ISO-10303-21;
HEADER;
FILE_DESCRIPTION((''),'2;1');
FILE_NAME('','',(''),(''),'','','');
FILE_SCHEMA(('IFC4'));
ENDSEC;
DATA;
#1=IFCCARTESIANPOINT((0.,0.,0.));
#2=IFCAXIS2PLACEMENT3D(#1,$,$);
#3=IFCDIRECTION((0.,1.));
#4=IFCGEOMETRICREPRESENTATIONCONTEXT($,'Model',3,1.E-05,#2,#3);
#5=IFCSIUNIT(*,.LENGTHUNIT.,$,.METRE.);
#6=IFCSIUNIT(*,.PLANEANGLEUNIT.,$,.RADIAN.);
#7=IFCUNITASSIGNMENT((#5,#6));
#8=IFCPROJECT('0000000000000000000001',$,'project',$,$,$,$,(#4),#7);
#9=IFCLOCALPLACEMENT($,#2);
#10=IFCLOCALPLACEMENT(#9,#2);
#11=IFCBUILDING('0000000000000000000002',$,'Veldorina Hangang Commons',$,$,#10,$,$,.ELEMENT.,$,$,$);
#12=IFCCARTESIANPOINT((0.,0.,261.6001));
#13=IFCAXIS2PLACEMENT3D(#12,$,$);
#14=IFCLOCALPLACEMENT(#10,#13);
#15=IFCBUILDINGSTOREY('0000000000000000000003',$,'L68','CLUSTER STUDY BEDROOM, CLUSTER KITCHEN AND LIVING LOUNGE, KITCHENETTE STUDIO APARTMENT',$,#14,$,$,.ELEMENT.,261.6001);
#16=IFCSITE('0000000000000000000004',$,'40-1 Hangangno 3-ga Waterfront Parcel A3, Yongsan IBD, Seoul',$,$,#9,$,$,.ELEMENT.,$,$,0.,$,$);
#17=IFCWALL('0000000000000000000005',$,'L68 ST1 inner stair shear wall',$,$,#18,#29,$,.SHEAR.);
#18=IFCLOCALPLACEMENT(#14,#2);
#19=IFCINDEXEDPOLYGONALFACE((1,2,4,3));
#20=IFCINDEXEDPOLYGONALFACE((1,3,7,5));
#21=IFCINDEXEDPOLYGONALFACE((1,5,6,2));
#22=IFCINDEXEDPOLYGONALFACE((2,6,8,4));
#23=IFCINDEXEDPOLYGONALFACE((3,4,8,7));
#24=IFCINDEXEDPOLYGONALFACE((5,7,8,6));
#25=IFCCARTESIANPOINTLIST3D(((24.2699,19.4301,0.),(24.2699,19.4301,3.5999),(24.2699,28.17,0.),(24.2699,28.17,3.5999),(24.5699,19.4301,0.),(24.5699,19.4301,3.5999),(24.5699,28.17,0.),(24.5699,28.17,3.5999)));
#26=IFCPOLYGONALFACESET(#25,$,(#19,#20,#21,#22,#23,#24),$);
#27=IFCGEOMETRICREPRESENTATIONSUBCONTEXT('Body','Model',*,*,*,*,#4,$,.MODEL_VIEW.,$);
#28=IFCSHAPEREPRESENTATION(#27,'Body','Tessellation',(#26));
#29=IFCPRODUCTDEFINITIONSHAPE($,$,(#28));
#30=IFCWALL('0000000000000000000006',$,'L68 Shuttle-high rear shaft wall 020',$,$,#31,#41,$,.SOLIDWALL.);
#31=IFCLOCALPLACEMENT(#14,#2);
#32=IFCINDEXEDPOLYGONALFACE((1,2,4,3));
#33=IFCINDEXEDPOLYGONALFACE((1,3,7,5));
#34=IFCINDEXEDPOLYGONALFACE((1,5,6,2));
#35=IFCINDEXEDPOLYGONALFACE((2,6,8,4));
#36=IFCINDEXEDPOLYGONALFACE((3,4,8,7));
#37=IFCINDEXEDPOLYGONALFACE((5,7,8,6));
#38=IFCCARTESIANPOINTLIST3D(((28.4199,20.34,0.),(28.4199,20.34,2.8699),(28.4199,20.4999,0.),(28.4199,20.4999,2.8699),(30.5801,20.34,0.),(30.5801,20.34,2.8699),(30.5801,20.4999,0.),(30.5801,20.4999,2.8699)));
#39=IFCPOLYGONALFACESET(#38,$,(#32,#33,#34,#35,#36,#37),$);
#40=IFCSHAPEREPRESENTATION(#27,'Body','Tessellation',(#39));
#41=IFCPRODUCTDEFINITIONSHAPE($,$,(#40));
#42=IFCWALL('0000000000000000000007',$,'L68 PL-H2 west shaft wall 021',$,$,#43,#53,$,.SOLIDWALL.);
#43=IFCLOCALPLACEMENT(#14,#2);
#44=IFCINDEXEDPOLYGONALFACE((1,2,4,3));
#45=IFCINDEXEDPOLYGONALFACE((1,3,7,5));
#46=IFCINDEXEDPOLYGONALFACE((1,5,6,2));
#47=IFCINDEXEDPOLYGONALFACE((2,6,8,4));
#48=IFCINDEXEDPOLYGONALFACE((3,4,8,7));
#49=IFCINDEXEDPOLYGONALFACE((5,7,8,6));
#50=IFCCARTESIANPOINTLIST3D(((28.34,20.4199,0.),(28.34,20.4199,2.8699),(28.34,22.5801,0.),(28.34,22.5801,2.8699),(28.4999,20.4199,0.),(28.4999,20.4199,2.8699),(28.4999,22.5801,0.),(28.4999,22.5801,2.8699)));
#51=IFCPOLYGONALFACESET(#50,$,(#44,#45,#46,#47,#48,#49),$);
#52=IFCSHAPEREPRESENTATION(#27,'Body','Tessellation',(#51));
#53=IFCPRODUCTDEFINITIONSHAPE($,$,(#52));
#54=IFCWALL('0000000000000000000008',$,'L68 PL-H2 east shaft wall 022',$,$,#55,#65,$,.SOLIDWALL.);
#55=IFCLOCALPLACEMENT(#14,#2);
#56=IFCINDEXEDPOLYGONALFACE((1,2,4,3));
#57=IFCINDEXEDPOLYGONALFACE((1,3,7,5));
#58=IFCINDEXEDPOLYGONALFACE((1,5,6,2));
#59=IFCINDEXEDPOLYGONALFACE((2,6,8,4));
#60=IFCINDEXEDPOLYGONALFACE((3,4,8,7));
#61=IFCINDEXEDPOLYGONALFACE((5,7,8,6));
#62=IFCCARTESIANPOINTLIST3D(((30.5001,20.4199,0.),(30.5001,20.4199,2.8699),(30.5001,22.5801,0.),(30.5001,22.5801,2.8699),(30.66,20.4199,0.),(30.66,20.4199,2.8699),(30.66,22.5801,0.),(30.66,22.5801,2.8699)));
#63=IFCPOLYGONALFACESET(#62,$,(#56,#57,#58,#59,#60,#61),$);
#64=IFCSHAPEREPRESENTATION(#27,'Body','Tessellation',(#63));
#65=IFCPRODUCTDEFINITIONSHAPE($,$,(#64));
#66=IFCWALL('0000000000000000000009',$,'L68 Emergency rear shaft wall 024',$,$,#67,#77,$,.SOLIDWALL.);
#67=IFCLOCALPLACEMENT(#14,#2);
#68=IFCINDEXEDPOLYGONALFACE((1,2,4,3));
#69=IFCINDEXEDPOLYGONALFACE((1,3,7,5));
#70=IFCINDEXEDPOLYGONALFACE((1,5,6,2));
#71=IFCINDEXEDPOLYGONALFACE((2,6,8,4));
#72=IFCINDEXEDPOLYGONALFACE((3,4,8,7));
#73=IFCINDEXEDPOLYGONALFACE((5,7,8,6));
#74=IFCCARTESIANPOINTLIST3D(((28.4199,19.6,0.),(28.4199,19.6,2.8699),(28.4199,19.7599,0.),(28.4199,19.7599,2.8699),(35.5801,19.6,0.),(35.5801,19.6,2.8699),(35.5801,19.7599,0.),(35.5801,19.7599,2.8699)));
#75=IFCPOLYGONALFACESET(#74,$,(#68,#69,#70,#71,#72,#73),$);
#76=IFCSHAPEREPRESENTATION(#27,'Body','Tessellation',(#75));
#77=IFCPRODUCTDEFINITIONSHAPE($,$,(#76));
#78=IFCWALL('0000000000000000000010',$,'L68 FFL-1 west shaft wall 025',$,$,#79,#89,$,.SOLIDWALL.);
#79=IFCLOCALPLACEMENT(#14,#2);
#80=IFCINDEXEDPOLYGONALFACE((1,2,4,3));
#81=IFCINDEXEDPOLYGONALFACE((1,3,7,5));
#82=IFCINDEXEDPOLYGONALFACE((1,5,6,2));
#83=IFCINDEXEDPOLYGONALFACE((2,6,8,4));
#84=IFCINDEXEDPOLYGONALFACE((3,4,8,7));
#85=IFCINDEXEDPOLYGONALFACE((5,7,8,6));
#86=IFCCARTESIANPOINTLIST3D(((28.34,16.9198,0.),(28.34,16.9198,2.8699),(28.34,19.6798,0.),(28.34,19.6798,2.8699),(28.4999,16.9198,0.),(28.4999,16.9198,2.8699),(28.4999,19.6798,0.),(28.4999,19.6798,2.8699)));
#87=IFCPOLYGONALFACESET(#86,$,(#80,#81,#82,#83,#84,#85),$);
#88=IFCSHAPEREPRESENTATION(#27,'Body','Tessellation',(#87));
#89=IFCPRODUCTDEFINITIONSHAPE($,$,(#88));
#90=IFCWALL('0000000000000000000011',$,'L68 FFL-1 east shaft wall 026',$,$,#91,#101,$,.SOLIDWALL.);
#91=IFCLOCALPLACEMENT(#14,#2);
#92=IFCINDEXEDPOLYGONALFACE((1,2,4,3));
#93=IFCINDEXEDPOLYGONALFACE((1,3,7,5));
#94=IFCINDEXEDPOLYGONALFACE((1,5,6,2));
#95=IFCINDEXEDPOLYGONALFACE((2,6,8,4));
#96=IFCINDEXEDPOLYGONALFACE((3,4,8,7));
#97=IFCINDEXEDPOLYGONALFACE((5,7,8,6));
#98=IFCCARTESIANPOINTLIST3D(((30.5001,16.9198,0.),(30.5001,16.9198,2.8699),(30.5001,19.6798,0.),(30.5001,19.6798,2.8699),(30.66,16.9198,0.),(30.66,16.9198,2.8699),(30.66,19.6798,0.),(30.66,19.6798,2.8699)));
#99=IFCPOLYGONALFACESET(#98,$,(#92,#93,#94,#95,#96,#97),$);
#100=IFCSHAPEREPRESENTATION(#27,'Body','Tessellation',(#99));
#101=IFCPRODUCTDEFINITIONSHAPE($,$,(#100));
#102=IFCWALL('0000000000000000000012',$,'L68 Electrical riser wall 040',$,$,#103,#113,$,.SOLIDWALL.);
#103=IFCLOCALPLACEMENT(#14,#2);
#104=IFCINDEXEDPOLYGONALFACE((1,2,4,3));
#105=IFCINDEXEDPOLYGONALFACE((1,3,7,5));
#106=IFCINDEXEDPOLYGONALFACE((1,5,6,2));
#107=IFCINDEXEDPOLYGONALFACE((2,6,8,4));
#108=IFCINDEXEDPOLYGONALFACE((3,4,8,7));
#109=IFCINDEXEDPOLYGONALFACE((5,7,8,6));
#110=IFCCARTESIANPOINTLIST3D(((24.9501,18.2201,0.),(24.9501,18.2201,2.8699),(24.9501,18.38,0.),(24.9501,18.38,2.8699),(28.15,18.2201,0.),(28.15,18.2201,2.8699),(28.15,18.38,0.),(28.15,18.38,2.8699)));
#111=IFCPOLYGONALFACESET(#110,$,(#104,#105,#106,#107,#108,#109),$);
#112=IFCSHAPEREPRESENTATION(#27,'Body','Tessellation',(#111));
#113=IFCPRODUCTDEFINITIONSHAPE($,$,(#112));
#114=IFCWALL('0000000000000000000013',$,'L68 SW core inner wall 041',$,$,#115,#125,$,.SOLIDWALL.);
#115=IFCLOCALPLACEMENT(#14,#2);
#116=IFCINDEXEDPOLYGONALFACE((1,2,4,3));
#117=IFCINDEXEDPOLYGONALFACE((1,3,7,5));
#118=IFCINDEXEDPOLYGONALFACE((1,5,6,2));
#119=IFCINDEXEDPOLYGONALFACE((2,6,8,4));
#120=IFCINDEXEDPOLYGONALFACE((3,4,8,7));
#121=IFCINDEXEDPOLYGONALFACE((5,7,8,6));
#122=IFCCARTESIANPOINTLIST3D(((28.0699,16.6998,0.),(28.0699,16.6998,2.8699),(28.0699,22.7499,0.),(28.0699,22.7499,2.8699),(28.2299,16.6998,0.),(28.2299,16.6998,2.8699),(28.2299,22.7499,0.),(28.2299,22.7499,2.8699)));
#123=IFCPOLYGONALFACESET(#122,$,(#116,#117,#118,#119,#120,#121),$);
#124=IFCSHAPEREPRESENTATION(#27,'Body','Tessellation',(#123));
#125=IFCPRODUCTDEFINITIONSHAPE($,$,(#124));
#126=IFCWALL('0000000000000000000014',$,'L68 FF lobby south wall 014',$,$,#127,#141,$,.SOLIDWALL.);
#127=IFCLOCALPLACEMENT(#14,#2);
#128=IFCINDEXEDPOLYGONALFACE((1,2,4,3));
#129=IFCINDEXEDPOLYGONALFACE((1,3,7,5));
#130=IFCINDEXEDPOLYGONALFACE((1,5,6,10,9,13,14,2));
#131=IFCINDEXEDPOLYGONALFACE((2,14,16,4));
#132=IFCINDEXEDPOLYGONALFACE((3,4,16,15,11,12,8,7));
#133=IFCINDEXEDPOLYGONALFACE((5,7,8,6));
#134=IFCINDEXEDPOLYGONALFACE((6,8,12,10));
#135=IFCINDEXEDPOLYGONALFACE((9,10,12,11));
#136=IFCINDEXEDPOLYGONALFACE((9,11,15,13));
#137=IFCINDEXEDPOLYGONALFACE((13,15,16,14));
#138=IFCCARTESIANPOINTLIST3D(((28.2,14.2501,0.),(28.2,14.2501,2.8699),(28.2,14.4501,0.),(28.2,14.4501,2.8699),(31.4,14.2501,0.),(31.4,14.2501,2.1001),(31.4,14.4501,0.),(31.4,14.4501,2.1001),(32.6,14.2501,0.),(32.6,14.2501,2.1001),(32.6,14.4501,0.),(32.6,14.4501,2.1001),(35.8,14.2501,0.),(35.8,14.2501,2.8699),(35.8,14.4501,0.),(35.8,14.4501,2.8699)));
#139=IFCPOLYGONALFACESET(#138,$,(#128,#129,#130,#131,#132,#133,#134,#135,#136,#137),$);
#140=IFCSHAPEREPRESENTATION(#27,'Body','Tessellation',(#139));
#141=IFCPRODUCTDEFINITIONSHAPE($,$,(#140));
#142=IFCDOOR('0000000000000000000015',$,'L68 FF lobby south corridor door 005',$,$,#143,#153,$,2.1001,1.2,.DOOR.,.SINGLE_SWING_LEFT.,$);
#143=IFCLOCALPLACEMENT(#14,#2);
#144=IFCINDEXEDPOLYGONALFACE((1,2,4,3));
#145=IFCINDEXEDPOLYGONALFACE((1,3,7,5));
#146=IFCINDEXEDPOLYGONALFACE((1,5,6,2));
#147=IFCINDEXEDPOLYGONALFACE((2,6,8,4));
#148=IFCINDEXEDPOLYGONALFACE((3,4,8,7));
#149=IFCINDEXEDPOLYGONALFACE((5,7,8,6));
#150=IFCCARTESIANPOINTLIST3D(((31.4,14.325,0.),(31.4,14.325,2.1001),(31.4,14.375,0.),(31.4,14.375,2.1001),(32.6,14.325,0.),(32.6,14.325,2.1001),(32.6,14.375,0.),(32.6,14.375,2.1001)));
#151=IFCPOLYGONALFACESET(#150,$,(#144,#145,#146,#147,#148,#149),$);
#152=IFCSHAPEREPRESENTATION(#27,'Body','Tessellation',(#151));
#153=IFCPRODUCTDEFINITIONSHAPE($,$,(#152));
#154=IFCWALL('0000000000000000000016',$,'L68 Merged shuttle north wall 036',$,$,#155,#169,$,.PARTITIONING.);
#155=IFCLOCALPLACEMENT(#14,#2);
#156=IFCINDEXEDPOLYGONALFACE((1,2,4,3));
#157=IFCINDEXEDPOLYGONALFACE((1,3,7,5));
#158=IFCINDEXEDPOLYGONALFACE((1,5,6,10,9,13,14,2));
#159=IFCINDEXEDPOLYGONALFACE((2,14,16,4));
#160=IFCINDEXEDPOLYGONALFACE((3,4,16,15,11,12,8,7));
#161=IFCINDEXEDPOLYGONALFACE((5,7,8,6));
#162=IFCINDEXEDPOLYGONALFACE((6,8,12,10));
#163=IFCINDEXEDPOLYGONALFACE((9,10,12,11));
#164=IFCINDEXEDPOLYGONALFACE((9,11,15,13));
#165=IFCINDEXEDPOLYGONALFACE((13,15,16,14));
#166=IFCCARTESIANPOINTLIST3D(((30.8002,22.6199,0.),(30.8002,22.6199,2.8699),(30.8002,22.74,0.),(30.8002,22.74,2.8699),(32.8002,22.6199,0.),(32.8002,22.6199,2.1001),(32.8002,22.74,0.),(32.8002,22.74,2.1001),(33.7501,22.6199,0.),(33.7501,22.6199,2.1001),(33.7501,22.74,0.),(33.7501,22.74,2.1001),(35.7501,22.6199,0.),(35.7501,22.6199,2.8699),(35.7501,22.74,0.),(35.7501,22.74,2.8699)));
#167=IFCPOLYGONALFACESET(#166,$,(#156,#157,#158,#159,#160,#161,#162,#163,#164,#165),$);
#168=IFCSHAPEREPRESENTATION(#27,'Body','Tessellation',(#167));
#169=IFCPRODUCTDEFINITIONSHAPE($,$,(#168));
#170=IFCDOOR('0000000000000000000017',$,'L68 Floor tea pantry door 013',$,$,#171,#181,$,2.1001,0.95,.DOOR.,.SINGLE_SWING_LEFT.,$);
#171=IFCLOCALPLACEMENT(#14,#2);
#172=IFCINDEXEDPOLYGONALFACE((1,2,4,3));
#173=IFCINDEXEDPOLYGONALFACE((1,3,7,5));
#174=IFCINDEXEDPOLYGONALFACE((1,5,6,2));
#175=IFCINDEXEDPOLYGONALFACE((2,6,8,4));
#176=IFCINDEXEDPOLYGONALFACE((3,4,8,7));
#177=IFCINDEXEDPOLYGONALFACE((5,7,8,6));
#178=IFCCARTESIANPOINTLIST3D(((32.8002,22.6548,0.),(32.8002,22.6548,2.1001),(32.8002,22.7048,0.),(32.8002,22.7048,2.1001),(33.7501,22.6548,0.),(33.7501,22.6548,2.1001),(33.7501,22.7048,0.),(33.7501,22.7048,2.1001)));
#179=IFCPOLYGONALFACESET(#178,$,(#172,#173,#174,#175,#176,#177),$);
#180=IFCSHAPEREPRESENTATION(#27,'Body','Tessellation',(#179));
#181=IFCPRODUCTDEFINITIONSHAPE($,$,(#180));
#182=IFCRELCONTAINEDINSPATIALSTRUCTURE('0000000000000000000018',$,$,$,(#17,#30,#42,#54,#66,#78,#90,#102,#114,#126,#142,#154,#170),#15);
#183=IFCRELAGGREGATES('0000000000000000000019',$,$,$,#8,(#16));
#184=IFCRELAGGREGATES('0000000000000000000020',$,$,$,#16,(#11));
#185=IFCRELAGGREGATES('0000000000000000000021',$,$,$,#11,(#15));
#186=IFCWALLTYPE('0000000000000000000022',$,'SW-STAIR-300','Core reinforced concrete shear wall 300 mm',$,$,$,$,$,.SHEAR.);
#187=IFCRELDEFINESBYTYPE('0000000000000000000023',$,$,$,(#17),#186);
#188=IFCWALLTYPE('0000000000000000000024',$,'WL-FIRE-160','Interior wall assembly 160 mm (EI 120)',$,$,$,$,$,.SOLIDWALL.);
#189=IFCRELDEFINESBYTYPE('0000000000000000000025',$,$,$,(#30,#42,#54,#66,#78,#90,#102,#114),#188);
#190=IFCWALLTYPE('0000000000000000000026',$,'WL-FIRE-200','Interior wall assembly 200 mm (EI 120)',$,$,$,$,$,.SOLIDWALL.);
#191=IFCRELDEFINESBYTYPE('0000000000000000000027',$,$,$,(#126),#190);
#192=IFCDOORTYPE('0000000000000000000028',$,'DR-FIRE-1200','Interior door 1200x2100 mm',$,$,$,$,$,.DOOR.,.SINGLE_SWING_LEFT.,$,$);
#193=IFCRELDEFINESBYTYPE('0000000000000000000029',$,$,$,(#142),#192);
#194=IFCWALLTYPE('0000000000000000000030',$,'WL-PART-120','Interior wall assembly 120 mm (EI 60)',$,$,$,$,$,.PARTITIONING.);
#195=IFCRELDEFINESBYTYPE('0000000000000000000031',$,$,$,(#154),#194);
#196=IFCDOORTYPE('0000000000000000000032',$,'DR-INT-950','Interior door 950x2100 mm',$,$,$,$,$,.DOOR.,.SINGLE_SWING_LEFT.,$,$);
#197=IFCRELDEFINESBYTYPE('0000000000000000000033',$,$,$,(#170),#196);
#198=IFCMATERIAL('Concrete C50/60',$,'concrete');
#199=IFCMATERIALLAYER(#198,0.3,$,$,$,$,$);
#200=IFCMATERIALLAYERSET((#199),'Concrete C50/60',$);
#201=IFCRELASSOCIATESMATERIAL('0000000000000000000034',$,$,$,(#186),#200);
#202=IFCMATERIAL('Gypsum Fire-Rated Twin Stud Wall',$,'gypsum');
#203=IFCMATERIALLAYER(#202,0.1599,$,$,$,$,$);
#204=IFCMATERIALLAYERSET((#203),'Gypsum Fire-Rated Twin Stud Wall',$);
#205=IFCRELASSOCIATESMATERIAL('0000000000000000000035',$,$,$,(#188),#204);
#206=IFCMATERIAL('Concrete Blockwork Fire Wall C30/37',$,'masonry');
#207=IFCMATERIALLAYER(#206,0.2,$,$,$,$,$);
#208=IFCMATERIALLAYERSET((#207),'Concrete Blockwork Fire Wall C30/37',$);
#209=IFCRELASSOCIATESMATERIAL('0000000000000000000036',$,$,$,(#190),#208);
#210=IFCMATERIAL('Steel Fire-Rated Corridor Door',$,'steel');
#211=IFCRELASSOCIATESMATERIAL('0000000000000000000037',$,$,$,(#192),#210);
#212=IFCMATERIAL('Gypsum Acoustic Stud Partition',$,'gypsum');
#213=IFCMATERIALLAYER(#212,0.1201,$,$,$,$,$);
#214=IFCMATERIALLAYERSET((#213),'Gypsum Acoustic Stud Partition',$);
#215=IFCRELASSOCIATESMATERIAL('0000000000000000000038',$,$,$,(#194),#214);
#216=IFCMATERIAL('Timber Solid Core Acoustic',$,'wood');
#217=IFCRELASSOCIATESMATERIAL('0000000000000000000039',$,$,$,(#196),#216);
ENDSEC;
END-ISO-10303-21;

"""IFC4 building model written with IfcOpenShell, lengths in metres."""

from ifc_helpers import new_model, si_unit, direction, frame, frame_2d, origin, place, context, subcontext, project, spatial, rectangle, extrude, material, layer, layer_set, type_object, element, fill, save


model = new_model("IFC4")

# Units and contexts
model_context = context("Model", 3, precision=1e-05, world=origin(), true_north=direction((0.0, 1.0)))
body_context = subcontext(model_context, "Body", "Model", "MODEL_VIEW")
ifc_project = project(units=[si_unit("LENGTHUNIT", "METRE"), si_unit("PLANEANGLEUNIT", "RADIAN")], contexts=[model_context])

# Site, building, storey
site_placement = place(None, origin())
site = spatial("IfcSite", under=ifc_project, at=site_placement, Name="40-1 Hangangno 3-ga Waterfront Parcel A3, Yongsan IBD, Seoul", CompositionType="ELEMENT", RefElevation=0.0)
building_placement = place(site_placement, origin())
building = spatial("IfcBuilding", under=site, at=building_placement, Name="Veldorina Hangang Commons", CompositionType="ELEMENT")
storey_placement = place(building_placement, frame((0.0, 0.0, 261.6001)))
storey = spatial("IfcBuildingStorey", under=building, at=storey_placement, Name="L68", Description="CLUSTER STUDY BEDROOM, CLUSTER KITCHEN AND LIVING LOUNGE, KITCHENETTE STUDIO APARTMENT", CompositionType="ELEMENT", Elevation=261.6001)

# Shared definitions
ifc_material_1 = material(Name="Concrete C50/60", Category="concrete")

# Wall
ifc_layer_1 = layer(ifc_material_1, 0.3)
ifc_layer_set_1 = layer_set([ifc_layer_1], Name="Concrete C50/60")
wall_type_1 = type_object("IfcWallType", Name="SW-STAIR-300", Description="Core reinforced concrete shear wall 300 mm", PredefinedType="SHEAR", material=ifc_layer_set_1)
wall_1_placement = place(storey_placement, frame((24.4199, 19.4299, 0.0), z_axis=(0.0, 0.0, 1.0), x_axis=(0.0, 1.0, 0.0)))
element("IfcWall", 1, at=wall_1_placement, inside=storey, type_object=wall_type_1, Name="L68 ST1 inner stair shear wall", PredefinedType="SHEAR", context=body_context, shape_type="SweptSolid", body=[
    extrude(rectangle(XDim=8.74, YDim=0.3, at=frame_2d((4.3701, 0.0))), origin(), (0.0, 0.0, 1.0), 3.5999),
])

# Shared definitions
ifc_material_2 = material(Name="Gypsum Fire-Rated Twin Stud Wall", Category="gypsum")
ifc_layer_2 = layer(ifc_material_2, 0.1599)
ifc_layer_set_2 = layer_set([ifc_layer_2], Name="Gypsum Fire-Rated Twin Stud Wall")
wall_type_2 = type_object("IfcWallType", Name="WL-FIRE-160", Description="Interior wall assembly 160 mm (EI 120)", PredefinedType="SOLIDWALL", material=ifc_layer_set_2)

# Walls
for number, where, z_axis, x_axis, name in (
    (2, (28.4199, 20.4199, 0.0), (0.0, 0.0, 1.0), (1.0, 0.0, 0.0), "L68 Shuttle-high rear shaft wall 020"),
    (3, (28.4199, 20.4199, 0.0), (0.0, 0.0, 1.0), (0.0, 1.0, 0.0), "L68 PL-H2 west shaft wall 021"),
    (4, (30.5801, 20.4199, 0.0), (0.0, 0.0, 1.0), (0.0, 1.0, 0.0), "L68 PL-H2 east shaft wall 022"),
):
    element("IfcWall", number, at=place(storey_placement, frame(where, z_axis=z_axis, x_axis=x_axis)), inside=storey, type_object=wall_type_2, Name=name, PredefinedType="SOLIDWALL", context=body_context, shape_type="SweptSolid", body=[
        extrude(rectangle(XDim=2.1602, YDim=0.1599, at=frame_2d((1.0801, 0.0))), origin(), (0.0, 0.0, 1.0), 2.8699),
    ])

# Walls
wall_2_placement = place(storey_placement, frame((28.4199, 19.6799, 0.0), z_axis=(0.0, 0.0, 1.0), x_axis=(1.0, 0.0, 0.0)))
element("IfcWall", 5, at=wall_2_placement, inside=storey, type_object=wall_type_2, Name="L68 Emergency rear shaft wall 024", PredefinedType="SOLIDWALL", context=body_context, shape_type="SweptSolid", body=[
    extrude(rectangle(XDim=7.1602, YDim=0.1599, at=frame_2d((3.5801, 0.0))), origin(), (0.0, 0.0, 1.0), 2.8699),
])
for number, where, z_axis, x_axis, name in (
    (6, (28.4199, 16.9199, 0.0), (0.0, 0.0, 1.0), (0.0, 1.0, 0.0), "L68 FFL-1 west shaft wall 025"),
    (7, (30.5801, 16.9199, 0.0), (0.0, 0.0, 1.0), (0.0, 1.0, 0.0), "L68 FFL-1 east shaft wall 026"),
):
    element("IfcWall", number, at=place(storey_placement, frame(where, z_axis=z_axis, x_axis=x_axis)), inside=storey, type_object=wall_type_2, Name=name, PredefinedType="SOLIDWALL", context=body_context, shape_type="SweptSolid", body=[
        extrude(rectangle(XDim=2.76, YDim=0.1599, at=frame_2d((1.3799, 0.0))), origin(), (0.0, 0.0, 1.0), 2.8699),
    ])
wall_3_placement = place(storey_placement, frame((24.95, 18.3, 0.0), z_axis=(0.0, 0.0, 1.0), x_axis=(1.0, 0.0, 0.0)))
element("IfcWall", 8, at=wall_3_placement, inside=storey, type_object=wall_type_2, Name="L68 Electrical riser wall 040", PredefinedType="SOLIDWALL", context=body_context, shape_type="SweptSolid", body=[
    extrude(rectangle(XDim=3.2, YDim=0.1599, at=frame_2d((1.6001, 0.0))), origin(), (0.0, 0.0, 1.0), 2.8699),
])
wall_4_placement = place(storey_placement, frame((28.1499, 16.7, 0.0), z_axis=(0.0, 0.0, 1.0), x_axis=(0.0, 1.0, 0.0)))
element("IfcWall", 9, at=wall_4_placement, inside=storey, type_object=wall_type_2, Name="L68 SW core inner wall 041", PredefinedType="SOLIDWALL", context=body_context, shape_type="SweptSolid", body=[
    extrude(rectangle(XDim=6.05, YDim=0.1599, at=frame_2d((3.0249, 0.0))), origin(), (0.0, 0.0, 1.0), 2.8699),
])

# Walls, openings, doors
ifc_material_3 = material(Name="Concrete Blockwork Fire Wall C30/37", Category="masonry")
ifc_layer_3 = layer(ifc_material_3, 0.2)
ifc_layer_set_3 = layer_set([ifc_layer_3], Name="Concrete Blockwork Fire Wall C30/37")
wall_type_3 = type_object("IfcWallType", Name="WL-FIRE-200", Description="Interior wall assembly 200 mm (EI 120)", PredefinedType="SOLIDWALL", material=ifc_layer_set_3)
wall_5_placement = place(storey_placement, frame((28.2, 14.3501, 0.0), z_axis=(0.0, 0.0, 1.0), x_axis=(1.0, 0.0, 0.0)))
wall_5 = element("IfcWall", 10, at=wall_5_placement, inside=storey, type_object=wall_type_3, Name="L68 FF lobby south wall 014", PredefinedType="SOLIDWALL", context=body_context, shape_type="SweptSolid", body=[
    extrude(rectangle(XDim=7.6001, YDim=0.2, at=frame_2d((3.8, 0.0))), origin(), (0.0, 0.0, 1.0), 2.8699),
])
opening_1_placement = place(wall_5_placement, frame((3.2, 0.0, 0.0)))
opening_1 = element("IfcOpeningElement", 11, at=opening_1_placement, cuts=wall_5, PredefinedType="OPENING", context=body_context, shape_type="SweptSolid", body=[
    extrude(rectangle(XDim=1.2, YDim=2.1001, at=frame_2d((0.6001, 1.05))), frame((0.0, 0.1099, 0.0), z_axis=(0.0, -1.0, 0.0), x_axis=(1.0, 0.0, 0.0)), (0.0, 0.0, 1.0), 0.22),
])
ifc_material_4 = material(Name="Steel Fire-Rated Corridor Door", Category="steel")
door_type_1 = type_object("IfcDoorType", Name="DR-FIRE-1200", Description="Interior door 1200x2100 mm", OperationType="SINGLE_SWING_LEFT", PredefinedType="DOOR", material=ifc_material_4)
door_1_placement = place(opening_1_placement, origin())
door_1 = element("IfcDoor", 12, at=door_1_placement, inside=storey, type_object=door_type_1, Name="L68 FF lobby south corridor door 005", OperationType="SINGLE_SWING_LEFT", OverallHeight=2.1001, OverallWidth=1.2, PredefinedType="DOOR", context=body_context, shape_type="SweptSolid", body=[
    extrude(rectangle(XDim=1.2, YDim=2.1001, at=frame_2d((0.6001, 1.05))), frame((0.0, 0.0249, 0.0), z_axis=(0.0, -1.0, 0.0), x_axis=(1.0, 0.0, 0.0)), (0.0, 0.0, 1.0), 0.05),
])
fill(opening_1, door_1)
ifc_material_5 = material(Name="Gypsum Acoustic Stud Partition", Category="gypsum")
ifc_layer_4 = layer(ifc_material_5, 0.1201)
ifc_layer_set_4 = layer_set([ifc_layer_4], Name="Gypsum Acoustic Stud Partition")
wall_type_4 = type_object("IfcWallType", Name="WL-PART-120", Description="Interior wall assembly 120 mm (EI 60)", PredefinedType="PARTITIONING", material=ifc_layer_set_4)
wall_6_placement = place(storey_placement, frame((30.8, 22.6799, 0.0), z_axis=(0.0, 0.0, 1.0), x_axis=(1.0, 0.0, 0.0)))
wall_6 = element("IfcWall", 13, at=wall_6_placement, inside=storey, type_object=wall_type_4, Name="L68 Merged shuttle north wall 036", PredefinedType="PARTITIONING", context=body_context, shape_type="SweptSolid", body=[
    extrude(rectangle(XDim=4.95, YDim=0.1201, at=frame_2d((2.4751, 0.0))), origin(), (0.0, 0.0, 1.0), 2.8699),
])
opening_2_placement = place(wall_6_placement, frame((2.0, 0.0, 0.0)))
opening_2 = element("IfcOpeningElement", 14, at=opening_2_placement, cuts=wall_6, PredefinedType="OPENING", context=body_context, shape_type="SweptSolid", body=[
    extrude(rectangle(XDim=0.95, YDim=2.1001, at=frame_2d((0.4751, 1.05))), frame((0.0, 0.0701, 0.0), z_axis=(0.0, -1.0, 0.0), x_axis=(1.0, 0.0, 0.0)), (0.0, 0.0, 1.0), 0.1401),
])
ifc_material_6 = material(Name="Timber Solid Core Acoustic", Category="wood")
door_type_2 = type_object("IfcDoorType", Name="DR-INT-950", Description="Interior door 950x2100 mm", OperationType="SINGLE_SWING_LEFT", PredefinedType="DOOR", material=ifc_material_6)
door_2_placement = place(opening_2_placement, origin())
door_2 = element("IfcDoor", 15, at=door_2_placement, inside=storey, type_object=door_type_2, Name="L68 Floor tea pantry door 013", OperationType="SINGLE_SWING_LEFT", OverallHeight=2.1001, OverallWidth=0.95, PredefinedType="DOOR", context=body_context, shape_type="SweptSolid", body=[
    extrude(rectangle(XDim=0.95, YDim=2.1001, at=frame_2d((0.4751, 1.05))), frame((0.0, 0.0249, 0.0), z_axis=(0.0, -1.0, 0.0), x_axis=(1.0, 0.0, 0.0)), (0.0, 0.0, 1.0), 0.05),
])
fill(opening_2, door_2)

save(model, "model.ifc")
